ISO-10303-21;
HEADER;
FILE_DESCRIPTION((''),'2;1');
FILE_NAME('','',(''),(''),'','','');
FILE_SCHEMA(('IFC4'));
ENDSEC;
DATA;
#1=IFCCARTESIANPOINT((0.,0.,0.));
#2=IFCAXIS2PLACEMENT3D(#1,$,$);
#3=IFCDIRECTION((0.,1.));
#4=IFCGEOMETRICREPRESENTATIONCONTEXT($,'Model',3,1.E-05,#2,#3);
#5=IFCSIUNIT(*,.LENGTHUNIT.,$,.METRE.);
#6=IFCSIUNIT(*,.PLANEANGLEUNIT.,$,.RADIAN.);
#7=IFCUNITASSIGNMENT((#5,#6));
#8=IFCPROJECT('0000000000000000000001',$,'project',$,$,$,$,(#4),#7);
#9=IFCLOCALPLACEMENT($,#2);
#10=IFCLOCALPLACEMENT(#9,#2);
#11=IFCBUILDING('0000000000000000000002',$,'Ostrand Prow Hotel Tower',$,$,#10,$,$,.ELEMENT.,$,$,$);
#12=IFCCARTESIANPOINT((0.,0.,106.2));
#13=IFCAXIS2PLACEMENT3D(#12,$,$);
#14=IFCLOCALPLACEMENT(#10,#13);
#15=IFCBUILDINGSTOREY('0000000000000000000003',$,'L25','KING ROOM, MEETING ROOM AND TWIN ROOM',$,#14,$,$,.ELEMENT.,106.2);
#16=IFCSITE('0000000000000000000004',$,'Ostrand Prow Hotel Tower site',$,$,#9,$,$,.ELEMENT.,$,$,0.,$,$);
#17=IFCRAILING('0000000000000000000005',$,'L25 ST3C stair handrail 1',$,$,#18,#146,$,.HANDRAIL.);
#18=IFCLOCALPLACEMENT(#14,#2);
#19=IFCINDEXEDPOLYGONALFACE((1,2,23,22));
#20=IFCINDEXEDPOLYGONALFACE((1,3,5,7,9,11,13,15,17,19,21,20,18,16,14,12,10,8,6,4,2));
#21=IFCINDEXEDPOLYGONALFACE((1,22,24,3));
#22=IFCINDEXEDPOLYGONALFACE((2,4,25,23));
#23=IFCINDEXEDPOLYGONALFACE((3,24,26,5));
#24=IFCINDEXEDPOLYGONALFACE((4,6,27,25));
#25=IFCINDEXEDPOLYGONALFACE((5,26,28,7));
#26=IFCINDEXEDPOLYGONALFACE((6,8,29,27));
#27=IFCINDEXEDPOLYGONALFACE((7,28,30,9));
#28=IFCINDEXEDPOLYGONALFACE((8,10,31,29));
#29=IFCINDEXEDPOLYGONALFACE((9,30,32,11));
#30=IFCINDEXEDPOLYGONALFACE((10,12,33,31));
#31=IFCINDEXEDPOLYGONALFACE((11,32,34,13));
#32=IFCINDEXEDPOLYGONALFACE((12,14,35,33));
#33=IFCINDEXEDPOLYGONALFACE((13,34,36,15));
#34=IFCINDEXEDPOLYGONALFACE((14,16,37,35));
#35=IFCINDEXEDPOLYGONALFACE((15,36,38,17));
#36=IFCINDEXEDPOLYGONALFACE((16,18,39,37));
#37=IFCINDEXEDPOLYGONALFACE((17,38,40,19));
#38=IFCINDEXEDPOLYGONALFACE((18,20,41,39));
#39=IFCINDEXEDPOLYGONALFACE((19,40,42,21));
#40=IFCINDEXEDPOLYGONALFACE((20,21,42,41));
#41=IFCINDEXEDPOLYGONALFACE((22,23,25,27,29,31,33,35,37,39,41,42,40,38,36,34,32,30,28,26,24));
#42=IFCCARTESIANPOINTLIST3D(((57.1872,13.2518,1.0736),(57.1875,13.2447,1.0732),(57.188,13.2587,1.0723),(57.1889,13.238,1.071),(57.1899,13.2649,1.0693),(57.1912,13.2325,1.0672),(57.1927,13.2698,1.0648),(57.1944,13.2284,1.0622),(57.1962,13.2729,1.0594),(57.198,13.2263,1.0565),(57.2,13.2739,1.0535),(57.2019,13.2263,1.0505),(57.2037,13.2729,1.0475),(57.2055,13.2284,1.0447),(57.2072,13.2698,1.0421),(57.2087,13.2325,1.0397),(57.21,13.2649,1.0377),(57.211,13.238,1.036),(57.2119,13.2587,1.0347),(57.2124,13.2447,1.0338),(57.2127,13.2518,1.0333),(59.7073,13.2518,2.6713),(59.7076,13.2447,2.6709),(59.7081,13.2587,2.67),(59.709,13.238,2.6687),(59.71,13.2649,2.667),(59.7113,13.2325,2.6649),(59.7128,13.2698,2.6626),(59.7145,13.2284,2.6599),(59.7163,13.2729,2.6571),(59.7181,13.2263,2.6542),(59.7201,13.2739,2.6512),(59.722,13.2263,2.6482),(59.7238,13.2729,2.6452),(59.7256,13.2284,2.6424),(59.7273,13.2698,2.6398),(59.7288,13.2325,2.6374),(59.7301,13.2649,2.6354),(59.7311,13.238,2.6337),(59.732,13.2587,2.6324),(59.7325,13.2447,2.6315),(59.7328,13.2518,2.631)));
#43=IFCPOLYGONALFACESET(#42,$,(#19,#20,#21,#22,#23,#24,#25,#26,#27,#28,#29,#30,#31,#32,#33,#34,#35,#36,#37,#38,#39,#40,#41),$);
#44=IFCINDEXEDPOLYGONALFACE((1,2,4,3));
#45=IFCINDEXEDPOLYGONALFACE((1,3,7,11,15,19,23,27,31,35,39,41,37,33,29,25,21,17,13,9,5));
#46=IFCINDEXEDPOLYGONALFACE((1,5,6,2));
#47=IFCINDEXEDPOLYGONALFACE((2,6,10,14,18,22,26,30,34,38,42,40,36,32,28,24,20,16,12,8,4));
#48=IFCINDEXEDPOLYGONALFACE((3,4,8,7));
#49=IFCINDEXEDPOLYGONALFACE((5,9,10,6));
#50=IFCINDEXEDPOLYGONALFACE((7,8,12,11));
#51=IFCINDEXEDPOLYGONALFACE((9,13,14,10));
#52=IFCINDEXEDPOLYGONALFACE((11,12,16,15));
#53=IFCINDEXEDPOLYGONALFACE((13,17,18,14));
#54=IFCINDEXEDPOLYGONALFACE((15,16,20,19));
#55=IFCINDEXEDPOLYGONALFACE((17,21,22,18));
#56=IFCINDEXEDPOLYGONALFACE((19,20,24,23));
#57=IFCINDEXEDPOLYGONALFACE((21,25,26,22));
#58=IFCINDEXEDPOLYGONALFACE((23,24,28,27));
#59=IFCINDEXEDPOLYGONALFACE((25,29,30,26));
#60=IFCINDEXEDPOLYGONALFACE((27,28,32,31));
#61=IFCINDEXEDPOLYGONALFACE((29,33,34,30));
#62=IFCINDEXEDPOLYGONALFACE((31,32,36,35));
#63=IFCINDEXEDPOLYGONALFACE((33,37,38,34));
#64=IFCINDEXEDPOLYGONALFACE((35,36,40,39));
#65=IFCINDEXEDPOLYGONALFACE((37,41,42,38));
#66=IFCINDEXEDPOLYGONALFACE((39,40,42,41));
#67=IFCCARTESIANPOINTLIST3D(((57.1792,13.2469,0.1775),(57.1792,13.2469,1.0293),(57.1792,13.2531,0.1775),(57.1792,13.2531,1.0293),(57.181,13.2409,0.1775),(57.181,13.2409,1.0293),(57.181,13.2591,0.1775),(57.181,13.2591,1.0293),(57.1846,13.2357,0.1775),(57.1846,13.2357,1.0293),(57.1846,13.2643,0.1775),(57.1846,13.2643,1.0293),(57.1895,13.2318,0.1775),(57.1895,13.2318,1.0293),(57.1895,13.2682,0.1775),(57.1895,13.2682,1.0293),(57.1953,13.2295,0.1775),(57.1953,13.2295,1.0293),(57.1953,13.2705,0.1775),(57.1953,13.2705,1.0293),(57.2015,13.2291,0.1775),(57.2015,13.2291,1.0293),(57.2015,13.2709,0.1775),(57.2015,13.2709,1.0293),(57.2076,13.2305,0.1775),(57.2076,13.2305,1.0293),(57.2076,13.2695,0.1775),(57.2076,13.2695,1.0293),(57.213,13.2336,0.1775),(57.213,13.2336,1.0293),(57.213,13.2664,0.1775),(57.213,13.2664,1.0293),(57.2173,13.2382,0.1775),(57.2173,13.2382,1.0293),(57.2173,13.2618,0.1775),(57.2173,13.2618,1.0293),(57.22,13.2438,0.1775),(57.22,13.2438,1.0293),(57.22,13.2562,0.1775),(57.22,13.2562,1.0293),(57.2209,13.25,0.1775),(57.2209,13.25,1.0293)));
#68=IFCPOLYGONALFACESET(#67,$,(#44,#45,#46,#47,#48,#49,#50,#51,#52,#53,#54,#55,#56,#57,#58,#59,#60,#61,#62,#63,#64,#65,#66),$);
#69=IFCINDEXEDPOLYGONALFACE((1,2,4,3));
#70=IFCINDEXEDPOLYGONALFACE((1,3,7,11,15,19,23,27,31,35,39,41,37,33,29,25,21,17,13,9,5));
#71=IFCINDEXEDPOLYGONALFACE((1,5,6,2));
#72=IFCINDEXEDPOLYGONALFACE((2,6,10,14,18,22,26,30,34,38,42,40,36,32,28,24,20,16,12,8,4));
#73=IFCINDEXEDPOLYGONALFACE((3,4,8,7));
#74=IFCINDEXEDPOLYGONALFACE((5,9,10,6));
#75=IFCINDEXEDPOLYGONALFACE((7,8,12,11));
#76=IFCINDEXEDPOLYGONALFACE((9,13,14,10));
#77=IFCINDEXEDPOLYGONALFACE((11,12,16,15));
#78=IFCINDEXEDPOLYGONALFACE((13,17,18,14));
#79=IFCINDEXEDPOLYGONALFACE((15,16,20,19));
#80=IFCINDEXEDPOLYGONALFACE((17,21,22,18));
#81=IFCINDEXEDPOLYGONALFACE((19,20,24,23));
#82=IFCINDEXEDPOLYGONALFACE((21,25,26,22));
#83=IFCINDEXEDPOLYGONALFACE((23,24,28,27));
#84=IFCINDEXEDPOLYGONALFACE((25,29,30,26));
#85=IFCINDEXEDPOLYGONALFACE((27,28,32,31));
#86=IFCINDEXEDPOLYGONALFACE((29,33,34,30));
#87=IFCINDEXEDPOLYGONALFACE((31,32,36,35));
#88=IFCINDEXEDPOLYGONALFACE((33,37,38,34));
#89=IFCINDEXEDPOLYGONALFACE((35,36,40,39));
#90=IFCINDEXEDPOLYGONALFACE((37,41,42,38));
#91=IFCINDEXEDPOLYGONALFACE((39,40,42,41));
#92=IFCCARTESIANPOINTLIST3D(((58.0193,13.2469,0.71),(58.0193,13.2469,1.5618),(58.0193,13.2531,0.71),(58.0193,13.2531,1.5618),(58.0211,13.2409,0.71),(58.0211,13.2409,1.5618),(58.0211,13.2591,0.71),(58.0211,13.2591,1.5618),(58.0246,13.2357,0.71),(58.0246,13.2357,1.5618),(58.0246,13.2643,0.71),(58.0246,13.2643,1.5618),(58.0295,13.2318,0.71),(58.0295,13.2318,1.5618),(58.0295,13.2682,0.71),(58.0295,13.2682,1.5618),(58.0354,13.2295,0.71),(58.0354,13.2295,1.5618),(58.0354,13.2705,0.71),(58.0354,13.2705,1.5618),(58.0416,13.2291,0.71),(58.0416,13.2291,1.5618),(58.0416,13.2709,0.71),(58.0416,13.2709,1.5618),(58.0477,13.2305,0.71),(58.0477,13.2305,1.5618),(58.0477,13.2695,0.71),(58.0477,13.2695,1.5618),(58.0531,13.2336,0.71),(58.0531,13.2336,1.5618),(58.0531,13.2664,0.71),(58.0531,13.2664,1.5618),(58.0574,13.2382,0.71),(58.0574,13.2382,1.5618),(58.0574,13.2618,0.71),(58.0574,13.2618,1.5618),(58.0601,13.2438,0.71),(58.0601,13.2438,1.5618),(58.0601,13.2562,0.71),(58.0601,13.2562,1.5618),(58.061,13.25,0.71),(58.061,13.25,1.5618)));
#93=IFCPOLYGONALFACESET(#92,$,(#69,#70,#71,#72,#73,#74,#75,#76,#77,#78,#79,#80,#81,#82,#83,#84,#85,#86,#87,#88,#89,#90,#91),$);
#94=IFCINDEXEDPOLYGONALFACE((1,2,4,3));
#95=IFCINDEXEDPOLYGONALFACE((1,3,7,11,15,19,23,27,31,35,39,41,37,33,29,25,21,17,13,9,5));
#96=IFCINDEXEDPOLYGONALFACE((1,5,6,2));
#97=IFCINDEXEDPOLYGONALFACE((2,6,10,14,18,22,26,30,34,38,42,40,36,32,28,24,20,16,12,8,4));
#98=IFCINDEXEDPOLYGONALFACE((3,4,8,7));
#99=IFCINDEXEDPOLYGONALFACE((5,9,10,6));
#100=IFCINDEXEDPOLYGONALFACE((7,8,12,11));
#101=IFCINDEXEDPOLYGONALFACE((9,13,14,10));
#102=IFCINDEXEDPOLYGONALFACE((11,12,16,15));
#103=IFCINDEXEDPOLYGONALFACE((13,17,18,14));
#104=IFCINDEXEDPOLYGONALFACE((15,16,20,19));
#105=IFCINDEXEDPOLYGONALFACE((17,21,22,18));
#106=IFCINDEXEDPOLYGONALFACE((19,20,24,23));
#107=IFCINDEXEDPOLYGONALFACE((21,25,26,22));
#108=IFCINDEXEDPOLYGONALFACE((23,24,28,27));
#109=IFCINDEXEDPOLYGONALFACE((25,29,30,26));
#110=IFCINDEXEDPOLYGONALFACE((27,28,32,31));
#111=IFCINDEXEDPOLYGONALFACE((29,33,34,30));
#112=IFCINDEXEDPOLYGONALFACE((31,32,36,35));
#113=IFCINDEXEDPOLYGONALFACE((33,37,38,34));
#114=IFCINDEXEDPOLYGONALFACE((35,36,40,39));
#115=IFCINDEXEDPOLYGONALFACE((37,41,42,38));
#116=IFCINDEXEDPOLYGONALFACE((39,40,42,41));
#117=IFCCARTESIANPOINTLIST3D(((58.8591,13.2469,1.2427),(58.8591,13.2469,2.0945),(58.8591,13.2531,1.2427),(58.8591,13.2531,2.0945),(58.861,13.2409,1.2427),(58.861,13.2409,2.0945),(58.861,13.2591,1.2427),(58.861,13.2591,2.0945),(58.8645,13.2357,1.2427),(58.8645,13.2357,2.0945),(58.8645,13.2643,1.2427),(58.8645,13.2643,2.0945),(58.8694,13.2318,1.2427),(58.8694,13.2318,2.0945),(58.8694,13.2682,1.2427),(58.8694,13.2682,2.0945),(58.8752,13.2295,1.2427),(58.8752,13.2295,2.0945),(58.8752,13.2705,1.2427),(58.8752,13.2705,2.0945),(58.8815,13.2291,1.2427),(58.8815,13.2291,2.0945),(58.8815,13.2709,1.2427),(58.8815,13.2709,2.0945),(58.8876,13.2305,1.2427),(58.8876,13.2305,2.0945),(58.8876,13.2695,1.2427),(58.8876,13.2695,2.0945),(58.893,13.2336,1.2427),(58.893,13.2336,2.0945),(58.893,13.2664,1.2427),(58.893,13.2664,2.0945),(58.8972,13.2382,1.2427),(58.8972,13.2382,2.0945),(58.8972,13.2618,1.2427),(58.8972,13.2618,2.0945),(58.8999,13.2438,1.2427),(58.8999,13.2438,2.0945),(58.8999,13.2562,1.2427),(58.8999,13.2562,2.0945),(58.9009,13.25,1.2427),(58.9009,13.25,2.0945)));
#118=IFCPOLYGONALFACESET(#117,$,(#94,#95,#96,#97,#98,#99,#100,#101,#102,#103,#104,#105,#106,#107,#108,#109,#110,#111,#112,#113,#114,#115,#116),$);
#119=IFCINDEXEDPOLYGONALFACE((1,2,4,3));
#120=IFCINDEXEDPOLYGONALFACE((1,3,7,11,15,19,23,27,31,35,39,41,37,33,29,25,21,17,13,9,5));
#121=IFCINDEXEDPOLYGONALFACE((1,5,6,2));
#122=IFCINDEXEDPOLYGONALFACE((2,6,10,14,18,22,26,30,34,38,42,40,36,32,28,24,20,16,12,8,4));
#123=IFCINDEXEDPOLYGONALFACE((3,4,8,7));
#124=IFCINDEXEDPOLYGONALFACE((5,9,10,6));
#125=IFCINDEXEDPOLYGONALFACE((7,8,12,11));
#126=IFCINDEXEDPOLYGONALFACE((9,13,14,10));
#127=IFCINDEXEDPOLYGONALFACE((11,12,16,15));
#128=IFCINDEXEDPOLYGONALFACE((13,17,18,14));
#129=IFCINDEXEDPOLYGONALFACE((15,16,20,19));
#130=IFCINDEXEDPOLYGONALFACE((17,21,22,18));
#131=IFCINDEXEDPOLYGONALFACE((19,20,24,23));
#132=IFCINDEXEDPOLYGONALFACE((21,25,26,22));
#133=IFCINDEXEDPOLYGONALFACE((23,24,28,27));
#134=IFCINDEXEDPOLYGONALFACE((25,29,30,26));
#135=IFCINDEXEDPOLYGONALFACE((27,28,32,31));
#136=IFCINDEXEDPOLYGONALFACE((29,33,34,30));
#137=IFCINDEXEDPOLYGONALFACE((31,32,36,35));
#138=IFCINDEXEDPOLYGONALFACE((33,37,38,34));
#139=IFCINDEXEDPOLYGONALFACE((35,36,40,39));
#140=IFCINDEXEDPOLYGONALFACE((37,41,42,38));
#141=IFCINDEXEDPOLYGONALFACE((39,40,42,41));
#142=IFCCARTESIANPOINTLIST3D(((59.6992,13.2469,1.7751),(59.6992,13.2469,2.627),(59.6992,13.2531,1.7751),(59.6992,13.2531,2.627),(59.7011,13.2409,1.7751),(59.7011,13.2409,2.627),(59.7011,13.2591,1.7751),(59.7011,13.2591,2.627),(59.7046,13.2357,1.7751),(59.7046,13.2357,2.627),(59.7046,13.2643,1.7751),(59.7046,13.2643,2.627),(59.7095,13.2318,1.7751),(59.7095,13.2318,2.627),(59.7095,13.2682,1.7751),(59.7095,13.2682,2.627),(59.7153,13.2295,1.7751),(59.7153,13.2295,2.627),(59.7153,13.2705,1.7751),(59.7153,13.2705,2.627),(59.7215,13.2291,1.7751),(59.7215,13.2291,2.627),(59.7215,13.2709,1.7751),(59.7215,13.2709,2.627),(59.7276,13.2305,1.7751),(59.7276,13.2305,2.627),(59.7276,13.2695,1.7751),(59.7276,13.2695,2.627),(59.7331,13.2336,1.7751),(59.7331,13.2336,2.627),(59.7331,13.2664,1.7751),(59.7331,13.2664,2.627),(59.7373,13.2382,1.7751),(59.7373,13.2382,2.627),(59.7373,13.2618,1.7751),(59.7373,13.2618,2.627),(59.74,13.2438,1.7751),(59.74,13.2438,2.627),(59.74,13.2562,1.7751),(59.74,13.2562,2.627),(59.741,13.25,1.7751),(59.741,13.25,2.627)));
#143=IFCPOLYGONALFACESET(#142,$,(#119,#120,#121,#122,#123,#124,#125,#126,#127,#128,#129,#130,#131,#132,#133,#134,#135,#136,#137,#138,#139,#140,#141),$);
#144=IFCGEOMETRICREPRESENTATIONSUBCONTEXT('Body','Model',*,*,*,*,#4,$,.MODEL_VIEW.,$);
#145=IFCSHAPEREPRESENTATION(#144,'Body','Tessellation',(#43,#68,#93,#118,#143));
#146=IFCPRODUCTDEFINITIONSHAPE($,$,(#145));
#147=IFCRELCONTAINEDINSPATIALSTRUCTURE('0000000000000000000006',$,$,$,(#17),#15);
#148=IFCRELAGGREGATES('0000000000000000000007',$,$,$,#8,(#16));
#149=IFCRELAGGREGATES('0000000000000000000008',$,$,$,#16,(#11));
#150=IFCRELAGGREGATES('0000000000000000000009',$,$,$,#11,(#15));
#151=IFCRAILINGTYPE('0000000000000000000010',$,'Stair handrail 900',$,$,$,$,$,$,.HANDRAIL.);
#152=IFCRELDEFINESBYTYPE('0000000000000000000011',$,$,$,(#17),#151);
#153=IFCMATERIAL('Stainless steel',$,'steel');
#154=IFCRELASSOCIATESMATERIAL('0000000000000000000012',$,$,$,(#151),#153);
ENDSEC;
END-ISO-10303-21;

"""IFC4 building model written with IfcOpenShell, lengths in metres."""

from ifc_helpers import new_model, si_unit, direction, frame, origin, origin_2d, place, context, subcontext, project, spatial, circle, extrude, material, type_object, element, save


model = new_model("IFC4")

# Units and contexts
model_context = context("Model", 3, precision=1e-05, world=origin(), true_north=direction((0.0, 1.0)))
body_context = subcontext(model_context, "Body", "Model", "MODEL_VIEW")
ifc_project = project(units=[si_unit("LENGTHUNIT", "METRE"), si_unit("PLANEANGLEUNIT", "RADIAN")], contexts=[model_context])

# Site, building, storey
site_placement = place(None, origin())
site = spatial("IfcSite", under=ifc_project, at=site_placement, Name="Ostrand Prow Hotel Tower site", CompositionType="ELEMENT", RefElevation=0.0)
building_placement = place(site_placement, origin())
building = spatial("IfcBuilding", under=site, at=building_placement, Name="Ostrand Prow Hotel Tower", CompositionType="ELEMENT")
storey_placement = place(building_placement, frame((0.0, 0.0, 106.2)))
storey = spatial("IfcBuildingStorey", under=building, at=storey_placement, Name="L25", Description="KING ROOM, MEETING ROOM AND TWIN ROOM", CompositionType="ELEMENT", Elevation=106.2)

# Railing
ifc_material_1 = material(Name="Stainless steel", Category="steel")
railing_type_1 = type_object("IfcRailingType", Name="Stair handrail 900", PredefinedType="HANDRAIL", material=ifc_material_1)
railing_1_placement = place(storey_placement, frame((57.2, 13.25, 0.1775)))
element("IfcRailing", 1, at=railing_1_placement, inside=storey, type_object=railing_type_1, Name="L25 ST3C stair handrail 1", PredefinedType="HANDRAIL", context=body_context, shape_type="SweptSolid", body=[
    extrude(circle(Radius=0.0239, at=origin_2d()), frame((0.0, 0.0, 0.876), z_axis=(0.84457, 0.0, 0.535445), x_axis=(0.0, 1.0, 0.0)), (0.0, 0.0, 1.0), 2.9839),
    extrude(circle(Radius=0.021, at=origin_2d()), origin(), (0.0, 0.0, 1.0), 0.8518),
    extrude(circle(Radius=0.021, at=origin_2d()), frame((0.8401, 0.0, 0.5325)), (0.0, 0.0, 1.0), 0.8518),
    extrude(circle(Radius=0.021, at=origin_2d()), frame((1.6799, 0.0, 1.0652)), (0.0, 0.0, 1.0), 0.8518),
    extrude(circle(Radius=0.021, at=origin_2d()), frame((2.52, 0.0, 1.5977)), (0.0, 0.0, 1.0), 0.8518),
])

save(model, "model.ifc")
